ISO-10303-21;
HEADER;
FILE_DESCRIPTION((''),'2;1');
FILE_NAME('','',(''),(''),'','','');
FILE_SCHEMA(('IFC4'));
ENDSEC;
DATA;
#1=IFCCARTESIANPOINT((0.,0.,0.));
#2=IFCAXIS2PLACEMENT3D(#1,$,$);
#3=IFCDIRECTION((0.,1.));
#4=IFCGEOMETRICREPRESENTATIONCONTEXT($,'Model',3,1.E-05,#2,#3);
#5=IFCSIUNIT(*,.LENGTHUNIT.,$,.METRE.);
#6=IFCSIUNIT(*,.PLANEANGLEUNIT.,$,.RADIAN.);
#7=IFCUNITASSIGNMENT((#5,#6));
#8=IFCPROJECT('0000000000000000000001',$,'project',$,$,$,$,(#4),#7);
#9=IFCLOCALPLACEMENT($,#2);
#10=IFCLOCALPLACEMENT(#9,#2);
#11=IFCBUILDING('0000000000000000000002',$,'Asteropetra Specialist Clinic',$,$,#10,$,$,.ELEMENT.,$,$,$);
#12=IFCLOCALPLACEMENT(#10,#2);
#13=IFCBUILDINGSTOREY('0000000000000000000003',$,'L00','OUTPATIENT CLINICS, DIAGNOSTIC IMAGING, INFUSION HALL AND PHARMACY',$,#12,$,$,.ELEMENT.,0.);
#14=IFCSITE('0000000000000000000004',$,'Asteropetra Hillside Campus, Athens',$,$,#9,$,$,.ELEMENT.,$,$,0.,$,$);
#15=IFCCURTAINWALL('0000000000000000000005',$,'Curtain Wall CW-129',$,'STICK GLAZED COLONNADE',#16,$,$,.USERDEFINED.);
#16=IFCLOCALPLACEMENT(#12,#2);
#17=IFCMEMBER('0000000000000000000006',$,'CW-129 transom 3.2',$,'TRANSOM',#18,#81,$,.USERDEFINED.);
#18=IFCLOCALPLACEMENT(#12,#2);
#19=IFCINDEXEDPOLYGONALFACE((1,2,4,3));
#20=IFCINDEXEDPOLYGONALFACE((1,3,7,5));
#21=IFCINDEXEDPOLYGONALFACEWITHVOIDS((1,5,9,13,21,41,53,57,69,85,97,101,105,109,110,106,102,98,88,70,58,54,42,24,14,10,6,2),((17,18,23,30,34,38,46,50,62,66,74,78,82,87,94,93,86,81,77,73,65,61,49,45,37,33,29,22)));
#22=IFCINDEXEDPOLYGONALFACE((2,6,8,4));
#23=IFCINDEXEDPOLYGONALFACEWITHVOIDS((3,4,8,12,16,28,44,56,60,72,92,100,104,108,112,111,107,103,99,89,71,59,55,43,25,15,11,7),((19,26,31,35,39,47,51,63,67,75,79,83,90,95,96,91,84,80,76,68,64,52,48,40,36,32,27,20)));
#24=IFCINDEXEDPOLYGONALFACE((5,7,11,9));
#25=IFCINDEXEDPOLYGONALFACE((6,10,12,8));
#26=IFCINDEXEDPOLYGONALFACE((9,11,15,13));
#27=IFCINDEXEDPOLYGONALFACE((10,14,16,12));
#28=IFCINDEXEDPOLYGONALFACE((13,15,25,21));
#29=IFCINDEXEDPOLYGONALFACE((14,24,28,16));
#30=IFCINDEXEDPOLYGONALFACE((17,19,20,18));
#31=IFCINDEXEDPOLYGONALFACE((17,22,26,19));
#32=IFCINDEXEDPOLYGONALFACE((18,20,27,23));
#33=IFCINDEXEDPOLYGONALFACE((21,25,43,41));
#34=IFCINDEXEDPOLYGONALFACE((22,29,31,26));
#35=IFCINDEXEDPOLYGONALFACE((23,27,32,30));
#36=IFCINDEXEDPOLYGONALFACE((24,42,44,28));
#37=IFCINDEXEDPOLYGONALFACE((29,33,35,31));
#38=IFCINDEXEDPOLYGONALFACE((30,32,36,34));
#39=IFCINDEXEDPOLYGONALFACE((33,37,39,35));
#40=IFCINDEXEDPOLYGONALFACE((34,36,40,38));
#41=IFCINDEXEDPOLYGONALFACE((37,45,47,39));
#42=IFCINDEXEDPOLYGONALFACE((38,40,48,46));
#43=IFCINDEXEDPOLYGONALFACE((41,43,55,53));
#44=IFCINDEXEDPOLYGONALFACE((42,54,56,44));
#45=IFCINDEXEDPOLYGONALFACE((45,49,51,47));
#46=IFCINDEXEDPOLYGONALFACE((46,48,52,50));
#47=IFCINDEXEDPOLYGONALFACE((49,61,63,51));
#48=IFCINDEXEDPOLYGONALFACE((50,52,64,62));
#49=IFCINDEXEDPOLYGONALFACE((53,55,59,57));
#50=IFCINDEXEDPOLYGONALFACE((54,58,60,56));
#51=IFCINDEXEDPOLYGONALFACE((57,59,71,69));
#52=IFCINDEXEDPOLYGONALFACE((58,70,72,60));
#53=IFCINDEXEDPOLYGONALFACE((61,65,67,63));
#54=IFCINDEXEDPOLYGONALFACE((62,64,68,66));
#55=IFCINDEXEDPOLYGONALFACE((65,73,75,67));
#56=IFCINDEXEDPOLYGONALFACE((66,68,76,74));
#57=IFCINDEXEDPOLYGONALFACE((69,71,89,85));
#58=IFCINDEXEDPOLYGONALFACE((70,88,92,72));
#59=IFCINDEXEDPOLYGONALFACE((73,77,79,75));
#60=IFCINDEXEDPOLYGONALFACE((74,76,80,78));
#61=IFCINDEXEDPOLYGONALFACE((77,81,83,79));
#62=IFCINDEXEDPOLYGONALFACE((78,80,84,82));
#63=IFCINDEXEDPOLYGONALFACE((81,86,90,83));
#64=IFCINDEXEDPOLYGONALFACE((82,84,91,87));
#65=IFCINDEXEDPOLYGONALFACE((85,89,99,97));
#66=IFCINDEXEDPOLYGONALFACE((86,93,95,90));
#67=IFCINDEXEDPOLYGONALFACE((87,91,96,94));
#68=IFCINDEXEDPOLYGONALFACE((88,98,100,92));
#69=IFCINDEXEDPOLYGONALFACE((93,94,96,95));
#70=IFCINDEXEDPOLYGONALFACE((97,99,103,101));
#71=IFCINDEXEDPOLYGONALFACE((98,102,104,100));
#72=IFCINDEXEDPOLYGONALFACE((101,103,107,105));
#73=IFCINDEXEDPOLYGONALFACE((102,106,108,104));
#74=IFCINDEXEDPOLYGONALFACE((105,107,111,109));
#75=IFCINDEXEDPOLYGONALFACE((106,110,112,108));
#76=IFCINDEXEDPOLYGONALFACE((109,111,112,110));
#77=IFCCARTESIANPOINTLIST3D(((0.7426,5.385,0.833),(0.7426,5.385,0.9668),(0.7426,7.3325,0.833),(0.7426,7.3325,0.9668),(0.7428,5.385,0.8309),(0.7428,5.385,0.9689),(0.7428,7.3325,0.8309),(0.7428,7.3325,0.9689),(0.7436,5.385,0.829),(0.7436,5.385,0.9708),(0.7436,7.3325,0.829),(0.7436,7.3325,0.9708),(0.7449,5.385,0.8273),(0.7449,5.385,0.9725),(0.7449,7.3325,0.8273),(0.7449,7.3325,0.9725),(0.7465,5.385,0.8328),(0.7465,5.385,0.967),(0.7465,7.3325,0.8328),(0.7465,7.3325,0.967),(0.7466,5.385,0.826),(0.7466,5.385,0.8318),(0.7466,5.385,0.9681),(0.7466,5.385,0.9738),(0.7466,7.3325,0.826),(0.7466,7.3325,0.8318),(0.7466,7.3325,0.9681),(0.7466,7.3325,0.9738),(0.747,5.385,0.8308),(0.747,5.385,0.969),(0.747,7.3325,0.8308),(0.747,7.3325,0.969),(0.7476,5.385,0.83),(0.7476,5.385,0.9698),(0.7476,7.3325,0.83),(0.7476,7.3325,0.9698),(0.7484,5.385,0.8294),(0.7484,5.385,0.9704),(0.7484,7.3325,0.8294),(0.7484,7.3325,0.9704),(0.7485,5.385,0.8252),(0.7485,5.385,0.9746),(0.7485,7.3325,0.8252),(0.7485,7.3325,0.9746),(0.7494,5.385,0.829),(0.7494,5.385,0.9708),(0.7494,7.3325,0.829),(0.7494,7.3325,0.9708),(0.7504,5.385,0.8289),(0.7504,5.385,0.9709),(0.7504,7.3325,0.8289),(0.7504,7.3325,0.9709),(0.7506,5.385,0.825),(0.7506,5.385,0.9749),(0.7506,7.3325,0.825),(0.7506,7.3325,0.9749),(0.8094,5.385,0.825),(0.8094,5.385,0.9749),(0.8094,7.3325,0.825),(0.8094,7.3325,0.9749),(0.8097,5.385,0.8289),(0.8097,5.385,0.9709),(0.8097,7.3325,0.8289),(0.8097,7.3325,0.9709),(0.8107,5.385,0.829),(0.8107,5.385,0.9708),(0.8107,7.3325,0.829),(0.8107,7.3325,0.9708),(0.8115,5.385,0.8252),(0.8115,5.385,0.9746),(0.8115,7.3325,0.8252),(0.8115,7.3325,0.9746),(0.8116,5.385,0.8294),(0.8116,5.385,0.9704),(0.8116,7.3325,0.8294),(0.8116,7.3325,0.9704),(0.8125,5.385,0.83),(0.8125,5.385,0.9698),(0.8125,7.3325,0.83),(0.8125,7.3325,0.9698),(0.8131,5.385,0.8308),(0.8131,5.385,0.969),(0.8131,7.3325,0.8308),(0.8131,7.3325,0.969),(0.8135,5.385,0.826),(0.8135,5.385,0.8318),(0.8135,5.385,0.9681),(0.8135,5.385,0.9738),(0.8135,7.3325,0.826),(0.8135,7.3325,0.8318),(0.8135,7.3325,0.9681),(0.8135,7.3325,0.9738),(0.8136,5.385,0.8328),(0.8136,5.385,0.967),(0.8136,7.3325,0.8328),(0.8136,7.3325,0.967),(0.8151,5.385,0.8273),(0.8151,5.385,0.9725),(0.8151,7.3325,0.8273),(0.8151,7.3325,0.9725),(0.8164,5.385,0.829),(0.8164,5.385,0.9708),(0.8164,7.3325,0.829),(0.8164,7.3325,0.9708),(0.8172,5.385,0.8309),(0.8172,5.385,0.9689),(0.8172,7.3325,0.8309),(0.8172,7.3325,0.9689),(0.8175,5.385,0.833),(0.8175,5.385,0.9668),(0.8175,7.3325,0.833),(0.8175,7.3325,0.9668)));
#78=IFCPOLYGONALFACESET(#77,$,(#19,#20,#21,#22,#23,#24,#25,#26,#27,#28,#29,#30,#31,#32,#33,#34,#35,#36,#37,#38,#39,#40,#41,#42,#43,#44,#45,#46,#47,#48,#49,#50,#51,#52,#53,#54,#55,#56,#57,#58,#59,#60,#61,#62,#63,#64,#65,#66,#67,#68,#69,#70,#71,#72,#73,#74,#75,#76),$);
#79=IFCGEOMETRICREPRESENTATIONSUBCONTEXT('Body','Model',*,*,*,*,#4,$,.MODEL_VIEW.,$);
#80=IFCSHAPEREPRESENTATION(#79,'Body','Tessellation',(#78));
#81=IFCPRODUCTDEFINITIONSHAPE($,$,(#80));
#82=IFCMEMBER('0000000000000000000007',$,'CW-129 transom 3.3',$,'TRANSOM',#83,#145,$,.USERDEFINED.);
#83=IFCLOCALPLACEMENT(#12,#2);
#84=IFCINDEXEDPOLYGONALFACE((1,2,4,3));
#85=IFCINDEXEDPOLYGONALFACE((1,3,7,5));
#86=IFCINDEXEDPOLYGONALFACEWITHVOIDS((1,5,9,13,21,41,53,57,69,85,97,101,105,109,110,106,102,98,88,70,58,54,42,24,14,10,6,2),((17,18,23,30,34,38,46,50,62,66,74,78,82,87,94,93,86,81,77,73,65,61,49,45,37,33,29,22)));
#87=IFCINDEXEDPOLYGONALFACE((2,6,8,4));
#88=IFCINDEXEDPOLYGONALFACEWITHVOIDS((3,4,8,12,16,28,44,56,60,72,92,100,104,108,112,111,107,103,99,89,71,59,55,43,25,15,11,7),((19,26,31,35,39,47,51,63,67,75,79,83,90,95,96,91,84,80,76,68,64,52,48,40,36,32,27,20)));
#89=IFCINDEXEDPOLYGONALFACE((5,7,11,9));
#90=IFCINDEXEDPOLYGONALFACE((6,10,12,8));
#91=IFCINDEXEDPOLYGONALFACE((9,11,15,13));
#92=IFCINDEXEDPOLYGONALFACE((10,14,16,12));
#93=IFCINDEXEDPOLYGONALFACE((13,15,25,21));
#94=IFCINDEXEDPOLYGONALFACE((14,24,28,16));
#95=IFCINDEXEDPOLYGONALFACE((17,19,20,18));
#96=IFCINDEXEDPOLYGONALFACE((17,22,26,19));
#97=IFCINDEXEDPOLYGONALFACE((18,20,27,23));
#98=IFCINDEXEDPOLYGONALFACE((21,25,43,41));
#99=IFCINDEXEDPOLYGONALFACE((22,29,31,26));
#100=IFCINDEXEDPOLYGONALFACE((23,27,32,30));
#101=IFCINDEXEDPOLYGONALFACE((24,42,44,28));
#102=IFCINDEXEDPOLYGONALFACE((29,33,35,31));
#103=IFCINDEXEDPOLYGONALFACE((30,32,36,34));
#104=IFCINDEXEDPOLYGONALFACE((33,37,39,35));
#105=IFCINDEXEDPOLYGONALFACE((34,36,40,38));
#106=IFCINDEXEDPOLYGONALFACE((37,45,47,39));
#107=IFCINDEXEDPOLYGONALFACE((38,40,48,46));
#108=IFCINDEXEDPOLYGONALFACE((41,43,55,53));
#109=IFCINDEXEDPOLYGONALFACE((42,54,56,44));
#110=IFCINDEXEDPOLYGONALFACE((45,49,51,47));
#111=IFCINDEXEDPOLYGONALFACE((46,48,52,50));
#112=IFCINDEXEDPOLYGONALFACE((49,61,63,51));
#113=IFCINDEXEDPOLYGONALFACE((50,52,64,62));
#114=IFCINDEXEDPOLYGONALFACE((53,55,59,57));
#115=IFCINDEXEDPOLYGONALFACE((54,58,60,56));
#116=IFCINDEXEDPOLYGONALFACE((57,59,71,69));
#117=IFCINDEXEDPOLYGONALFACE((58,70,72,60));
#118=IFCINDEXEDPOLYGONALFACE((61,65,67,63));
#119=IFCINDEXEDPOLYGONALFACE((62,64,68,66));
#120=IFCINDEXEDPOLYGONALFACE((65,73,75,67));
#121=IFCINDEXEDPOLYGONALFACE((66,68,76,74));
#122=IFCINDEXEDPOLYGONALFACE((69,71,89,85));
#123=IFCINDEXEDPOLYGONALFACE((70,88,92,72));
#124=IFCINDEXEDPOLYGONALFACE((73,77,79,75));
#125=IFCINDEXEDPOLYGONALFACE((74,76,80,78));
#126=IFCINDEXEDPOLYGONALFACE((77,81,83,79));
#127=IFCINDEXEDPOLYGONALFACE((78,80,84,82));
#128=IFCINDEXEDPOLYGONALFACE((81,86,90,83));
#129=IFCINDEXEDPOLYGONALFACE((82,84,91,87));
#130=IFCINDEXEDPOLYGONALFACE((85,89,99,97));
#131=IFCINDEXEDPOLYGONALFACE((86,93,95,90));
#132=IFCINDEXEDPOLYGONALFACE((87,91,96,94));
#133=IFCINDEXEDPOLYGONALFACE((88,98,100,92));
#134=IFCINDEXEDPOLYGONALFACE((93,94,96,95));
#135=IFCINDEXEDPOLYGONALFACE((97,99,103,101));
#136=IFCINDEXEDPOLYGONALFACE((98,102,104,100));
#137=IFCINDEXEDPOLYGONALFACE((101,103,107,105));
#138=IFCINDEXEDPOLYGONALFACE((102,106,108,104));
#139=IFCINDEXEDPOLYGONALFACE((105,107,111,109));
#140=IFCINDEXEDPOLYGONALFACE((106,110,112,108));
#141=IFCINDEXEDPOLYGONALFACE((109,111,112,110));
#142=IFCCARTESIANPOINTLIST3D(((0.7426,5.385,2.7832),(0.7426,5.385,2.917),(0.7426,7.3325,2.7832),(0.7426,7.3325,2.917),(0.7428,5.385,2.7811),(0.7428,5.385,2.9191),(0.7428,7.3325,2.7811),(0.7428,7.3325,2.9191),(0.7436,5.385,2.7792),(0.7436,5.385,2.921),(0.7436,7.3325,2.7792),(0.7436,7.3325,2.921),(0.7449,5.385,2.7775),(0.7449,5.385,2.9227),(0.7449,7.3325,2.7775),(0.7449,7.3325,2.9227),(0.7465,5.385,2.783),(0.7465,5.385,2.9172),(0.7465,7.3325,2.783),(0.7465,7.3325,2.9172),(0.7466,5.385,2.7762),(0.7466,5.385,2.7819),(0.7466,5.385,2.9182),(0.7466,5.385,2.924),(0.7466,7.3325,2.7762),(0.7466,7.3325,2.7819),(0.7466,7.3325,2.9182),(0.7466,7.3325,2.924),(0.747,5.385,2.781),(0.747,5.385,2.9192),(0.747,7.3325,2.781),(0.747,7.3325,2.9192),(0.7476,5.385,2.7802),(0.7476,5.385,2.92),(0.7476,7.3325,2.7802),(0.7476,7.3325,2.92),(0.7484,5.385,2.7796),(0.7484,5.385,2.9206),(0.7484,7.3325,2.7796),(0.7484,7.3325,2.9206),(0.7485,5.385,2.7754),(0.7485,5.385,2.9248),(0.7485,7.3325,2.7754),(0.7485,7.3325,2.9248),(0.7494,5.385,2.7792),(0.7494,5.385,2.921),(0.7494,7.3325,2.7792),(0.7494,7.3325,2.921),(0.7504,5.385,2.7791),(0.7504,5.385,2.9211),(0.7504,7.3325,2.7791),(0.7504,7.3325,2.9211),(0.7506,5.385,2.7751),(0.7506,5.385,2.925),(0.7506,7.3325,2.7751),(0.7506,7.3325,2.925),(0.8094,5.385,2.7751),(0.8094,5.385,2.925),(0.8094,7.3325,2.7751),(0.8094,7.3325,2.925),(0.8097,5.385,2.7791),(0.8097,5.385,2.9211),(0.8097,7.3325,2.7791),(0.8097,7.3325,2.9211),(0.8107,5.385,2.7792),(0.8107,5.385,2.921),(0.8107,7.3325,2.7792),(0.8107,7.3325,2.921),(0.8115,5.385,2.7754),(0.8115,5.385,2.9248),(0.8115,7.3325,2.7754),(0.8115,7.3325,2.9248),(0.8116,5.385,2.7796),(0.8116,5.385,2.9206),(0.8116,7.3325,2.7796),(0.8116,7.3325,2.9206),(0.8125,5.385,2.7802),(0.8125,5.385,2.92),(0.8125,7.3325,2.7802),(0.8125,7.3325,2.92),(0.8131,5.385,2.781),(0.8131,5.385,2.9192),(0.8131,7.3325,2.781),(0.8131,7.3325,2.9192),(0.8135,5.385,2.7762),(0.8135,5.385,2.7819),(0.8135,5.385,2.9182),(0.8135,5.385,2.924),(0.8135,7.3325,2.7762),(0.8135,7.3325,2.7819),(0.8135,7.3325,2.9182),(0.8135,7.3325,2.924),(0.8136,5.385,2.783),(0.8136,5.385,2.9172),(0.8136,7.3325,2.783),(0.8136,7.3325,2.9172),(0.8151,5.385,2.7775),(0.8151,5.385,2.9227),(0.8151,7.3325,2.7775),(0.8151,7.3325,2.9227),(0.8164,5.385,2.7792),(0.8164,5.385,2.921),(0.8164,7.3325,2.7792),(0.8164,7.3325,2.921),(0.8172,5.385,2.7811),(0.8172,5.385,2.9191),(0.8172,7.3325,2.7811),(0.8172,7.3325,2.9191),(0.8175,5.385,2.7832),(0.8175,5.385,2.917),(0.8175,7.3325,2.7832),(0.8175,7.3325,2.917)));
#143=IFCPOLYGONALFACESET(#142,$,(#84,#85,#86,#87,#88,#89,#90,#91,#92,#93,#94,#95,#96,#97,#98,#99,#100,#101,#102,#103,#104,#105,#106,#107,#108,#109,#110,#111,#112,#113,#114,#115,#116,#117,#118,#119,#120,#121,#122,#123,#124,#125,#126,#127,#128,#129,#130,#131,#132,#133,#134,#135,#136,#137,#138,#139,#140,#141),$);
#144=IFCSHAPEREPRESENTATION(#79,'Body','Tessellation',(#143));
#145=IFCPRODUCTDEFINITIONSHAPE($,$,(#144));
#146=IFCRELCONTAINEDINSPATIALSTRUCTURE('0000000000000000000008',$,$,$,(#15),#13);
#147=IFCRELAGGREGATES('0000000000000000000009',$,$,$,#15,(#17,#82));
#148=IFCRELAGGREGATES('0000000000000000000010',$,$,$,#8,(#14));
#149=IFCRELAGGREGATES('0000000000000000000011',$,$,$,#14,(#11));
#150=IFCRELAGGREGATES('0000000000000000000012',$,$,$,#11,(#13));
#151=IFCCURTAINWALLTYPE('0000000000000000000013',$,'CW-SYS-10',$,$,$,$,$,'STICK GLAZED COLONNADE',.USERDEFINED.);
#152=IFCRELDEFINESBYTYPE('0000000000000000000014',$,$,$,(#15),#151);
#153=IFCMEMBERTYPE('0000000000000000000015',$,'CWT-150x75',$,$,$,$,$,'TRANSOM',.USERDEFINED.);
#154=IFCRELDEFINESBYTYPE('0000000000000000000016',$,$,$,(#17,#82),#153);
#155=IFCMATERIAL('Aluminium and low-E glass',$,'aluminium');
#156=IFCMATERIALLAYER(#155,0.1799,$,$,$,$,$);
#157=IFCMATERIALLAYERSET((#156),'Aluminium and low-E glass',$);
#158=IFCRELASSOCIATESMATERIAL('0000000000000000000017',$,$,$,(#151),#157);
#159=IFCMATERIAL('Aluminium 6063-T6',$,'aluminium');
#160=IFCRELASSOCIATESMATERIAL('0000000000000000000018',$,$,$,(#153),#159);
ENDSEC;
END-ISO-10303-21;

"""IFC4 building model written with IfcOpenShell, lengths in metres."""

from ifc_helpers import new_model, si_unit, direction, frame, origin, origin_2d, place, context, subcontext, project, spatial, hollow_rectangle, extrude, material, layer, layer_set, material_profile, profile_set, type_object, element, aggregate, save


model = new_model("IFC4")

# Units and contexts
model_context = context("Model", 3, precision=1e-05, world=origin(), true_north=direction((0.0, 1.0)))
body_context = subcontext(model_context, "Body", "Model", "MODEL_VIEW")
ifc_project = project(units=[si_unit("LENGTHUNIT", "METRE"), si_unit("PLANEANGLEUNIT", "RADIAN")], contexts=[model_context])

# Site, building, storey
site_placement = place(None, origin())
site = spatial("IfcSite", under=ifc_project, at=site_placement, Name="Asteropetra Hillside Campus, Athens", CompositionType="ELEMENT", RefElevation=0.0)
building_placement = place(site_placement, origin())
building = spatial("IfcBuilding", under=site, at=building_placement, Name="Asteropetra Specialist Clinic", CompositionType="ELEMENT")
storey_placement = place(building_placement, origin())
storey = spatial("IfcBuildingStorey", under=building, at=storey_placement, Name="L00", Description="OUTPATIENT CLINICS, DIAGNOSTIC IMAGING, INFUSION HALL AND PHARMACY", CompositionType="ELEMENT", Elevation=0.0)

# Curtain wall
ifc_material_1 = material(Name="Aluminium and low-E glass", Category="aluminium")
ifc_layer_1 = layer(ifc_material_1, 0.1799)
ifc_layer_set_1 = layer_set([ifc_layer_1], Name="Aluminium and low-E glass")
curtain_wall_type = type_object("IfcCurtainWallType", Name="CW-SYS-10", ElementType="STICK GLAZED COLONNADE", PredefinedType="USERDEFINED", material=ifc_layer_set_1)
curtain_wall_1_placement = place(storey_placement, origin())
curtain_wall_1 = element("IfcCurtainWall", 1, at=curtain_wall_1_placement, inside=storey, type_object=curtain_wall_type, Name="Curtain Wall CW-129", ObjectType="STICK GLAZED COLONNADE", PredefinedType="USERDEFINED")

# Members
ifc_material_2 = material(Name="Aluminium 6063-T6", Category="aluminium")
ifc_material_profile_1 = material_profile(ifc_material_2, hollow_rectangle(XDim=0.075, YDim=0.1499, WallThickness=0.0039, InnerFilletRadius=0.0039, OuterFilletRadius=0.0081, at=origin_2d()), Name="TRN 150x75x4.0")
ifc_profile_set_1 = profile_set([ifc_material_profile_1], Name="Aluminium 6063-T6")
member_type_1 = type_object("IfcMemberType", Name="CWT-150x75", ElementType="TRANSOM", PredefinedType="USERDEFINED", material=ifc_profile_set_1)
member_1_placement = place(storey_placement, frame((0.78, 7.3325, 0.8999), z_axis=(0.0, -1.0, 0.0), x_axis=(1.0, 0.0, 0.0)))
member_1 = element("IfcMember", 2, at=member_1_placement, type_object=member_type_1, Name="CW-129 transom 3.2", ObjectType="TRANSOM", PredefinedType="USERDEFINED", context=body_context, shape_type="SweptSolid", body=[
    extrude(hollow_rectangle(XDim=0.075, YDim=0.1499, WallThickness=0.0039, InnerFilletRadius=0.0039, OuterFilletRadius=0.0081, at=origin_2d()), origin(), (0.0, 0.0, 1.0), 1.9475),
])
member_2_placement = place(storey_placement, frame((0.78, 7.3325, 2.8501), z_axis=(0.0, -1.0, 0.0), x_axis=(1.0, 0.0, 0.0)))
member_2 = element("IfcMember", 3, at=member_2_placement, type_object=member_type_1, Name="CW-129 transom 3.3", ObjectType="TRANSOM", PredefinedType="USERDEFINED", context=body_context, shape_type="SweptSolid", body=[
    extrude(hollow_rectangle(XDim=0.075, YDim=0.1499, WallThickness=0.0039, InnerFilletRadius=0.0039, OuterFilletRadius=0.0081, at=origin_2d()), origin(), (0.0, 0.0, 1.0), 1.9475),
])

aggregate(curtain_wall_1, [member_1, member_2])

save(model, "model.ifc")
